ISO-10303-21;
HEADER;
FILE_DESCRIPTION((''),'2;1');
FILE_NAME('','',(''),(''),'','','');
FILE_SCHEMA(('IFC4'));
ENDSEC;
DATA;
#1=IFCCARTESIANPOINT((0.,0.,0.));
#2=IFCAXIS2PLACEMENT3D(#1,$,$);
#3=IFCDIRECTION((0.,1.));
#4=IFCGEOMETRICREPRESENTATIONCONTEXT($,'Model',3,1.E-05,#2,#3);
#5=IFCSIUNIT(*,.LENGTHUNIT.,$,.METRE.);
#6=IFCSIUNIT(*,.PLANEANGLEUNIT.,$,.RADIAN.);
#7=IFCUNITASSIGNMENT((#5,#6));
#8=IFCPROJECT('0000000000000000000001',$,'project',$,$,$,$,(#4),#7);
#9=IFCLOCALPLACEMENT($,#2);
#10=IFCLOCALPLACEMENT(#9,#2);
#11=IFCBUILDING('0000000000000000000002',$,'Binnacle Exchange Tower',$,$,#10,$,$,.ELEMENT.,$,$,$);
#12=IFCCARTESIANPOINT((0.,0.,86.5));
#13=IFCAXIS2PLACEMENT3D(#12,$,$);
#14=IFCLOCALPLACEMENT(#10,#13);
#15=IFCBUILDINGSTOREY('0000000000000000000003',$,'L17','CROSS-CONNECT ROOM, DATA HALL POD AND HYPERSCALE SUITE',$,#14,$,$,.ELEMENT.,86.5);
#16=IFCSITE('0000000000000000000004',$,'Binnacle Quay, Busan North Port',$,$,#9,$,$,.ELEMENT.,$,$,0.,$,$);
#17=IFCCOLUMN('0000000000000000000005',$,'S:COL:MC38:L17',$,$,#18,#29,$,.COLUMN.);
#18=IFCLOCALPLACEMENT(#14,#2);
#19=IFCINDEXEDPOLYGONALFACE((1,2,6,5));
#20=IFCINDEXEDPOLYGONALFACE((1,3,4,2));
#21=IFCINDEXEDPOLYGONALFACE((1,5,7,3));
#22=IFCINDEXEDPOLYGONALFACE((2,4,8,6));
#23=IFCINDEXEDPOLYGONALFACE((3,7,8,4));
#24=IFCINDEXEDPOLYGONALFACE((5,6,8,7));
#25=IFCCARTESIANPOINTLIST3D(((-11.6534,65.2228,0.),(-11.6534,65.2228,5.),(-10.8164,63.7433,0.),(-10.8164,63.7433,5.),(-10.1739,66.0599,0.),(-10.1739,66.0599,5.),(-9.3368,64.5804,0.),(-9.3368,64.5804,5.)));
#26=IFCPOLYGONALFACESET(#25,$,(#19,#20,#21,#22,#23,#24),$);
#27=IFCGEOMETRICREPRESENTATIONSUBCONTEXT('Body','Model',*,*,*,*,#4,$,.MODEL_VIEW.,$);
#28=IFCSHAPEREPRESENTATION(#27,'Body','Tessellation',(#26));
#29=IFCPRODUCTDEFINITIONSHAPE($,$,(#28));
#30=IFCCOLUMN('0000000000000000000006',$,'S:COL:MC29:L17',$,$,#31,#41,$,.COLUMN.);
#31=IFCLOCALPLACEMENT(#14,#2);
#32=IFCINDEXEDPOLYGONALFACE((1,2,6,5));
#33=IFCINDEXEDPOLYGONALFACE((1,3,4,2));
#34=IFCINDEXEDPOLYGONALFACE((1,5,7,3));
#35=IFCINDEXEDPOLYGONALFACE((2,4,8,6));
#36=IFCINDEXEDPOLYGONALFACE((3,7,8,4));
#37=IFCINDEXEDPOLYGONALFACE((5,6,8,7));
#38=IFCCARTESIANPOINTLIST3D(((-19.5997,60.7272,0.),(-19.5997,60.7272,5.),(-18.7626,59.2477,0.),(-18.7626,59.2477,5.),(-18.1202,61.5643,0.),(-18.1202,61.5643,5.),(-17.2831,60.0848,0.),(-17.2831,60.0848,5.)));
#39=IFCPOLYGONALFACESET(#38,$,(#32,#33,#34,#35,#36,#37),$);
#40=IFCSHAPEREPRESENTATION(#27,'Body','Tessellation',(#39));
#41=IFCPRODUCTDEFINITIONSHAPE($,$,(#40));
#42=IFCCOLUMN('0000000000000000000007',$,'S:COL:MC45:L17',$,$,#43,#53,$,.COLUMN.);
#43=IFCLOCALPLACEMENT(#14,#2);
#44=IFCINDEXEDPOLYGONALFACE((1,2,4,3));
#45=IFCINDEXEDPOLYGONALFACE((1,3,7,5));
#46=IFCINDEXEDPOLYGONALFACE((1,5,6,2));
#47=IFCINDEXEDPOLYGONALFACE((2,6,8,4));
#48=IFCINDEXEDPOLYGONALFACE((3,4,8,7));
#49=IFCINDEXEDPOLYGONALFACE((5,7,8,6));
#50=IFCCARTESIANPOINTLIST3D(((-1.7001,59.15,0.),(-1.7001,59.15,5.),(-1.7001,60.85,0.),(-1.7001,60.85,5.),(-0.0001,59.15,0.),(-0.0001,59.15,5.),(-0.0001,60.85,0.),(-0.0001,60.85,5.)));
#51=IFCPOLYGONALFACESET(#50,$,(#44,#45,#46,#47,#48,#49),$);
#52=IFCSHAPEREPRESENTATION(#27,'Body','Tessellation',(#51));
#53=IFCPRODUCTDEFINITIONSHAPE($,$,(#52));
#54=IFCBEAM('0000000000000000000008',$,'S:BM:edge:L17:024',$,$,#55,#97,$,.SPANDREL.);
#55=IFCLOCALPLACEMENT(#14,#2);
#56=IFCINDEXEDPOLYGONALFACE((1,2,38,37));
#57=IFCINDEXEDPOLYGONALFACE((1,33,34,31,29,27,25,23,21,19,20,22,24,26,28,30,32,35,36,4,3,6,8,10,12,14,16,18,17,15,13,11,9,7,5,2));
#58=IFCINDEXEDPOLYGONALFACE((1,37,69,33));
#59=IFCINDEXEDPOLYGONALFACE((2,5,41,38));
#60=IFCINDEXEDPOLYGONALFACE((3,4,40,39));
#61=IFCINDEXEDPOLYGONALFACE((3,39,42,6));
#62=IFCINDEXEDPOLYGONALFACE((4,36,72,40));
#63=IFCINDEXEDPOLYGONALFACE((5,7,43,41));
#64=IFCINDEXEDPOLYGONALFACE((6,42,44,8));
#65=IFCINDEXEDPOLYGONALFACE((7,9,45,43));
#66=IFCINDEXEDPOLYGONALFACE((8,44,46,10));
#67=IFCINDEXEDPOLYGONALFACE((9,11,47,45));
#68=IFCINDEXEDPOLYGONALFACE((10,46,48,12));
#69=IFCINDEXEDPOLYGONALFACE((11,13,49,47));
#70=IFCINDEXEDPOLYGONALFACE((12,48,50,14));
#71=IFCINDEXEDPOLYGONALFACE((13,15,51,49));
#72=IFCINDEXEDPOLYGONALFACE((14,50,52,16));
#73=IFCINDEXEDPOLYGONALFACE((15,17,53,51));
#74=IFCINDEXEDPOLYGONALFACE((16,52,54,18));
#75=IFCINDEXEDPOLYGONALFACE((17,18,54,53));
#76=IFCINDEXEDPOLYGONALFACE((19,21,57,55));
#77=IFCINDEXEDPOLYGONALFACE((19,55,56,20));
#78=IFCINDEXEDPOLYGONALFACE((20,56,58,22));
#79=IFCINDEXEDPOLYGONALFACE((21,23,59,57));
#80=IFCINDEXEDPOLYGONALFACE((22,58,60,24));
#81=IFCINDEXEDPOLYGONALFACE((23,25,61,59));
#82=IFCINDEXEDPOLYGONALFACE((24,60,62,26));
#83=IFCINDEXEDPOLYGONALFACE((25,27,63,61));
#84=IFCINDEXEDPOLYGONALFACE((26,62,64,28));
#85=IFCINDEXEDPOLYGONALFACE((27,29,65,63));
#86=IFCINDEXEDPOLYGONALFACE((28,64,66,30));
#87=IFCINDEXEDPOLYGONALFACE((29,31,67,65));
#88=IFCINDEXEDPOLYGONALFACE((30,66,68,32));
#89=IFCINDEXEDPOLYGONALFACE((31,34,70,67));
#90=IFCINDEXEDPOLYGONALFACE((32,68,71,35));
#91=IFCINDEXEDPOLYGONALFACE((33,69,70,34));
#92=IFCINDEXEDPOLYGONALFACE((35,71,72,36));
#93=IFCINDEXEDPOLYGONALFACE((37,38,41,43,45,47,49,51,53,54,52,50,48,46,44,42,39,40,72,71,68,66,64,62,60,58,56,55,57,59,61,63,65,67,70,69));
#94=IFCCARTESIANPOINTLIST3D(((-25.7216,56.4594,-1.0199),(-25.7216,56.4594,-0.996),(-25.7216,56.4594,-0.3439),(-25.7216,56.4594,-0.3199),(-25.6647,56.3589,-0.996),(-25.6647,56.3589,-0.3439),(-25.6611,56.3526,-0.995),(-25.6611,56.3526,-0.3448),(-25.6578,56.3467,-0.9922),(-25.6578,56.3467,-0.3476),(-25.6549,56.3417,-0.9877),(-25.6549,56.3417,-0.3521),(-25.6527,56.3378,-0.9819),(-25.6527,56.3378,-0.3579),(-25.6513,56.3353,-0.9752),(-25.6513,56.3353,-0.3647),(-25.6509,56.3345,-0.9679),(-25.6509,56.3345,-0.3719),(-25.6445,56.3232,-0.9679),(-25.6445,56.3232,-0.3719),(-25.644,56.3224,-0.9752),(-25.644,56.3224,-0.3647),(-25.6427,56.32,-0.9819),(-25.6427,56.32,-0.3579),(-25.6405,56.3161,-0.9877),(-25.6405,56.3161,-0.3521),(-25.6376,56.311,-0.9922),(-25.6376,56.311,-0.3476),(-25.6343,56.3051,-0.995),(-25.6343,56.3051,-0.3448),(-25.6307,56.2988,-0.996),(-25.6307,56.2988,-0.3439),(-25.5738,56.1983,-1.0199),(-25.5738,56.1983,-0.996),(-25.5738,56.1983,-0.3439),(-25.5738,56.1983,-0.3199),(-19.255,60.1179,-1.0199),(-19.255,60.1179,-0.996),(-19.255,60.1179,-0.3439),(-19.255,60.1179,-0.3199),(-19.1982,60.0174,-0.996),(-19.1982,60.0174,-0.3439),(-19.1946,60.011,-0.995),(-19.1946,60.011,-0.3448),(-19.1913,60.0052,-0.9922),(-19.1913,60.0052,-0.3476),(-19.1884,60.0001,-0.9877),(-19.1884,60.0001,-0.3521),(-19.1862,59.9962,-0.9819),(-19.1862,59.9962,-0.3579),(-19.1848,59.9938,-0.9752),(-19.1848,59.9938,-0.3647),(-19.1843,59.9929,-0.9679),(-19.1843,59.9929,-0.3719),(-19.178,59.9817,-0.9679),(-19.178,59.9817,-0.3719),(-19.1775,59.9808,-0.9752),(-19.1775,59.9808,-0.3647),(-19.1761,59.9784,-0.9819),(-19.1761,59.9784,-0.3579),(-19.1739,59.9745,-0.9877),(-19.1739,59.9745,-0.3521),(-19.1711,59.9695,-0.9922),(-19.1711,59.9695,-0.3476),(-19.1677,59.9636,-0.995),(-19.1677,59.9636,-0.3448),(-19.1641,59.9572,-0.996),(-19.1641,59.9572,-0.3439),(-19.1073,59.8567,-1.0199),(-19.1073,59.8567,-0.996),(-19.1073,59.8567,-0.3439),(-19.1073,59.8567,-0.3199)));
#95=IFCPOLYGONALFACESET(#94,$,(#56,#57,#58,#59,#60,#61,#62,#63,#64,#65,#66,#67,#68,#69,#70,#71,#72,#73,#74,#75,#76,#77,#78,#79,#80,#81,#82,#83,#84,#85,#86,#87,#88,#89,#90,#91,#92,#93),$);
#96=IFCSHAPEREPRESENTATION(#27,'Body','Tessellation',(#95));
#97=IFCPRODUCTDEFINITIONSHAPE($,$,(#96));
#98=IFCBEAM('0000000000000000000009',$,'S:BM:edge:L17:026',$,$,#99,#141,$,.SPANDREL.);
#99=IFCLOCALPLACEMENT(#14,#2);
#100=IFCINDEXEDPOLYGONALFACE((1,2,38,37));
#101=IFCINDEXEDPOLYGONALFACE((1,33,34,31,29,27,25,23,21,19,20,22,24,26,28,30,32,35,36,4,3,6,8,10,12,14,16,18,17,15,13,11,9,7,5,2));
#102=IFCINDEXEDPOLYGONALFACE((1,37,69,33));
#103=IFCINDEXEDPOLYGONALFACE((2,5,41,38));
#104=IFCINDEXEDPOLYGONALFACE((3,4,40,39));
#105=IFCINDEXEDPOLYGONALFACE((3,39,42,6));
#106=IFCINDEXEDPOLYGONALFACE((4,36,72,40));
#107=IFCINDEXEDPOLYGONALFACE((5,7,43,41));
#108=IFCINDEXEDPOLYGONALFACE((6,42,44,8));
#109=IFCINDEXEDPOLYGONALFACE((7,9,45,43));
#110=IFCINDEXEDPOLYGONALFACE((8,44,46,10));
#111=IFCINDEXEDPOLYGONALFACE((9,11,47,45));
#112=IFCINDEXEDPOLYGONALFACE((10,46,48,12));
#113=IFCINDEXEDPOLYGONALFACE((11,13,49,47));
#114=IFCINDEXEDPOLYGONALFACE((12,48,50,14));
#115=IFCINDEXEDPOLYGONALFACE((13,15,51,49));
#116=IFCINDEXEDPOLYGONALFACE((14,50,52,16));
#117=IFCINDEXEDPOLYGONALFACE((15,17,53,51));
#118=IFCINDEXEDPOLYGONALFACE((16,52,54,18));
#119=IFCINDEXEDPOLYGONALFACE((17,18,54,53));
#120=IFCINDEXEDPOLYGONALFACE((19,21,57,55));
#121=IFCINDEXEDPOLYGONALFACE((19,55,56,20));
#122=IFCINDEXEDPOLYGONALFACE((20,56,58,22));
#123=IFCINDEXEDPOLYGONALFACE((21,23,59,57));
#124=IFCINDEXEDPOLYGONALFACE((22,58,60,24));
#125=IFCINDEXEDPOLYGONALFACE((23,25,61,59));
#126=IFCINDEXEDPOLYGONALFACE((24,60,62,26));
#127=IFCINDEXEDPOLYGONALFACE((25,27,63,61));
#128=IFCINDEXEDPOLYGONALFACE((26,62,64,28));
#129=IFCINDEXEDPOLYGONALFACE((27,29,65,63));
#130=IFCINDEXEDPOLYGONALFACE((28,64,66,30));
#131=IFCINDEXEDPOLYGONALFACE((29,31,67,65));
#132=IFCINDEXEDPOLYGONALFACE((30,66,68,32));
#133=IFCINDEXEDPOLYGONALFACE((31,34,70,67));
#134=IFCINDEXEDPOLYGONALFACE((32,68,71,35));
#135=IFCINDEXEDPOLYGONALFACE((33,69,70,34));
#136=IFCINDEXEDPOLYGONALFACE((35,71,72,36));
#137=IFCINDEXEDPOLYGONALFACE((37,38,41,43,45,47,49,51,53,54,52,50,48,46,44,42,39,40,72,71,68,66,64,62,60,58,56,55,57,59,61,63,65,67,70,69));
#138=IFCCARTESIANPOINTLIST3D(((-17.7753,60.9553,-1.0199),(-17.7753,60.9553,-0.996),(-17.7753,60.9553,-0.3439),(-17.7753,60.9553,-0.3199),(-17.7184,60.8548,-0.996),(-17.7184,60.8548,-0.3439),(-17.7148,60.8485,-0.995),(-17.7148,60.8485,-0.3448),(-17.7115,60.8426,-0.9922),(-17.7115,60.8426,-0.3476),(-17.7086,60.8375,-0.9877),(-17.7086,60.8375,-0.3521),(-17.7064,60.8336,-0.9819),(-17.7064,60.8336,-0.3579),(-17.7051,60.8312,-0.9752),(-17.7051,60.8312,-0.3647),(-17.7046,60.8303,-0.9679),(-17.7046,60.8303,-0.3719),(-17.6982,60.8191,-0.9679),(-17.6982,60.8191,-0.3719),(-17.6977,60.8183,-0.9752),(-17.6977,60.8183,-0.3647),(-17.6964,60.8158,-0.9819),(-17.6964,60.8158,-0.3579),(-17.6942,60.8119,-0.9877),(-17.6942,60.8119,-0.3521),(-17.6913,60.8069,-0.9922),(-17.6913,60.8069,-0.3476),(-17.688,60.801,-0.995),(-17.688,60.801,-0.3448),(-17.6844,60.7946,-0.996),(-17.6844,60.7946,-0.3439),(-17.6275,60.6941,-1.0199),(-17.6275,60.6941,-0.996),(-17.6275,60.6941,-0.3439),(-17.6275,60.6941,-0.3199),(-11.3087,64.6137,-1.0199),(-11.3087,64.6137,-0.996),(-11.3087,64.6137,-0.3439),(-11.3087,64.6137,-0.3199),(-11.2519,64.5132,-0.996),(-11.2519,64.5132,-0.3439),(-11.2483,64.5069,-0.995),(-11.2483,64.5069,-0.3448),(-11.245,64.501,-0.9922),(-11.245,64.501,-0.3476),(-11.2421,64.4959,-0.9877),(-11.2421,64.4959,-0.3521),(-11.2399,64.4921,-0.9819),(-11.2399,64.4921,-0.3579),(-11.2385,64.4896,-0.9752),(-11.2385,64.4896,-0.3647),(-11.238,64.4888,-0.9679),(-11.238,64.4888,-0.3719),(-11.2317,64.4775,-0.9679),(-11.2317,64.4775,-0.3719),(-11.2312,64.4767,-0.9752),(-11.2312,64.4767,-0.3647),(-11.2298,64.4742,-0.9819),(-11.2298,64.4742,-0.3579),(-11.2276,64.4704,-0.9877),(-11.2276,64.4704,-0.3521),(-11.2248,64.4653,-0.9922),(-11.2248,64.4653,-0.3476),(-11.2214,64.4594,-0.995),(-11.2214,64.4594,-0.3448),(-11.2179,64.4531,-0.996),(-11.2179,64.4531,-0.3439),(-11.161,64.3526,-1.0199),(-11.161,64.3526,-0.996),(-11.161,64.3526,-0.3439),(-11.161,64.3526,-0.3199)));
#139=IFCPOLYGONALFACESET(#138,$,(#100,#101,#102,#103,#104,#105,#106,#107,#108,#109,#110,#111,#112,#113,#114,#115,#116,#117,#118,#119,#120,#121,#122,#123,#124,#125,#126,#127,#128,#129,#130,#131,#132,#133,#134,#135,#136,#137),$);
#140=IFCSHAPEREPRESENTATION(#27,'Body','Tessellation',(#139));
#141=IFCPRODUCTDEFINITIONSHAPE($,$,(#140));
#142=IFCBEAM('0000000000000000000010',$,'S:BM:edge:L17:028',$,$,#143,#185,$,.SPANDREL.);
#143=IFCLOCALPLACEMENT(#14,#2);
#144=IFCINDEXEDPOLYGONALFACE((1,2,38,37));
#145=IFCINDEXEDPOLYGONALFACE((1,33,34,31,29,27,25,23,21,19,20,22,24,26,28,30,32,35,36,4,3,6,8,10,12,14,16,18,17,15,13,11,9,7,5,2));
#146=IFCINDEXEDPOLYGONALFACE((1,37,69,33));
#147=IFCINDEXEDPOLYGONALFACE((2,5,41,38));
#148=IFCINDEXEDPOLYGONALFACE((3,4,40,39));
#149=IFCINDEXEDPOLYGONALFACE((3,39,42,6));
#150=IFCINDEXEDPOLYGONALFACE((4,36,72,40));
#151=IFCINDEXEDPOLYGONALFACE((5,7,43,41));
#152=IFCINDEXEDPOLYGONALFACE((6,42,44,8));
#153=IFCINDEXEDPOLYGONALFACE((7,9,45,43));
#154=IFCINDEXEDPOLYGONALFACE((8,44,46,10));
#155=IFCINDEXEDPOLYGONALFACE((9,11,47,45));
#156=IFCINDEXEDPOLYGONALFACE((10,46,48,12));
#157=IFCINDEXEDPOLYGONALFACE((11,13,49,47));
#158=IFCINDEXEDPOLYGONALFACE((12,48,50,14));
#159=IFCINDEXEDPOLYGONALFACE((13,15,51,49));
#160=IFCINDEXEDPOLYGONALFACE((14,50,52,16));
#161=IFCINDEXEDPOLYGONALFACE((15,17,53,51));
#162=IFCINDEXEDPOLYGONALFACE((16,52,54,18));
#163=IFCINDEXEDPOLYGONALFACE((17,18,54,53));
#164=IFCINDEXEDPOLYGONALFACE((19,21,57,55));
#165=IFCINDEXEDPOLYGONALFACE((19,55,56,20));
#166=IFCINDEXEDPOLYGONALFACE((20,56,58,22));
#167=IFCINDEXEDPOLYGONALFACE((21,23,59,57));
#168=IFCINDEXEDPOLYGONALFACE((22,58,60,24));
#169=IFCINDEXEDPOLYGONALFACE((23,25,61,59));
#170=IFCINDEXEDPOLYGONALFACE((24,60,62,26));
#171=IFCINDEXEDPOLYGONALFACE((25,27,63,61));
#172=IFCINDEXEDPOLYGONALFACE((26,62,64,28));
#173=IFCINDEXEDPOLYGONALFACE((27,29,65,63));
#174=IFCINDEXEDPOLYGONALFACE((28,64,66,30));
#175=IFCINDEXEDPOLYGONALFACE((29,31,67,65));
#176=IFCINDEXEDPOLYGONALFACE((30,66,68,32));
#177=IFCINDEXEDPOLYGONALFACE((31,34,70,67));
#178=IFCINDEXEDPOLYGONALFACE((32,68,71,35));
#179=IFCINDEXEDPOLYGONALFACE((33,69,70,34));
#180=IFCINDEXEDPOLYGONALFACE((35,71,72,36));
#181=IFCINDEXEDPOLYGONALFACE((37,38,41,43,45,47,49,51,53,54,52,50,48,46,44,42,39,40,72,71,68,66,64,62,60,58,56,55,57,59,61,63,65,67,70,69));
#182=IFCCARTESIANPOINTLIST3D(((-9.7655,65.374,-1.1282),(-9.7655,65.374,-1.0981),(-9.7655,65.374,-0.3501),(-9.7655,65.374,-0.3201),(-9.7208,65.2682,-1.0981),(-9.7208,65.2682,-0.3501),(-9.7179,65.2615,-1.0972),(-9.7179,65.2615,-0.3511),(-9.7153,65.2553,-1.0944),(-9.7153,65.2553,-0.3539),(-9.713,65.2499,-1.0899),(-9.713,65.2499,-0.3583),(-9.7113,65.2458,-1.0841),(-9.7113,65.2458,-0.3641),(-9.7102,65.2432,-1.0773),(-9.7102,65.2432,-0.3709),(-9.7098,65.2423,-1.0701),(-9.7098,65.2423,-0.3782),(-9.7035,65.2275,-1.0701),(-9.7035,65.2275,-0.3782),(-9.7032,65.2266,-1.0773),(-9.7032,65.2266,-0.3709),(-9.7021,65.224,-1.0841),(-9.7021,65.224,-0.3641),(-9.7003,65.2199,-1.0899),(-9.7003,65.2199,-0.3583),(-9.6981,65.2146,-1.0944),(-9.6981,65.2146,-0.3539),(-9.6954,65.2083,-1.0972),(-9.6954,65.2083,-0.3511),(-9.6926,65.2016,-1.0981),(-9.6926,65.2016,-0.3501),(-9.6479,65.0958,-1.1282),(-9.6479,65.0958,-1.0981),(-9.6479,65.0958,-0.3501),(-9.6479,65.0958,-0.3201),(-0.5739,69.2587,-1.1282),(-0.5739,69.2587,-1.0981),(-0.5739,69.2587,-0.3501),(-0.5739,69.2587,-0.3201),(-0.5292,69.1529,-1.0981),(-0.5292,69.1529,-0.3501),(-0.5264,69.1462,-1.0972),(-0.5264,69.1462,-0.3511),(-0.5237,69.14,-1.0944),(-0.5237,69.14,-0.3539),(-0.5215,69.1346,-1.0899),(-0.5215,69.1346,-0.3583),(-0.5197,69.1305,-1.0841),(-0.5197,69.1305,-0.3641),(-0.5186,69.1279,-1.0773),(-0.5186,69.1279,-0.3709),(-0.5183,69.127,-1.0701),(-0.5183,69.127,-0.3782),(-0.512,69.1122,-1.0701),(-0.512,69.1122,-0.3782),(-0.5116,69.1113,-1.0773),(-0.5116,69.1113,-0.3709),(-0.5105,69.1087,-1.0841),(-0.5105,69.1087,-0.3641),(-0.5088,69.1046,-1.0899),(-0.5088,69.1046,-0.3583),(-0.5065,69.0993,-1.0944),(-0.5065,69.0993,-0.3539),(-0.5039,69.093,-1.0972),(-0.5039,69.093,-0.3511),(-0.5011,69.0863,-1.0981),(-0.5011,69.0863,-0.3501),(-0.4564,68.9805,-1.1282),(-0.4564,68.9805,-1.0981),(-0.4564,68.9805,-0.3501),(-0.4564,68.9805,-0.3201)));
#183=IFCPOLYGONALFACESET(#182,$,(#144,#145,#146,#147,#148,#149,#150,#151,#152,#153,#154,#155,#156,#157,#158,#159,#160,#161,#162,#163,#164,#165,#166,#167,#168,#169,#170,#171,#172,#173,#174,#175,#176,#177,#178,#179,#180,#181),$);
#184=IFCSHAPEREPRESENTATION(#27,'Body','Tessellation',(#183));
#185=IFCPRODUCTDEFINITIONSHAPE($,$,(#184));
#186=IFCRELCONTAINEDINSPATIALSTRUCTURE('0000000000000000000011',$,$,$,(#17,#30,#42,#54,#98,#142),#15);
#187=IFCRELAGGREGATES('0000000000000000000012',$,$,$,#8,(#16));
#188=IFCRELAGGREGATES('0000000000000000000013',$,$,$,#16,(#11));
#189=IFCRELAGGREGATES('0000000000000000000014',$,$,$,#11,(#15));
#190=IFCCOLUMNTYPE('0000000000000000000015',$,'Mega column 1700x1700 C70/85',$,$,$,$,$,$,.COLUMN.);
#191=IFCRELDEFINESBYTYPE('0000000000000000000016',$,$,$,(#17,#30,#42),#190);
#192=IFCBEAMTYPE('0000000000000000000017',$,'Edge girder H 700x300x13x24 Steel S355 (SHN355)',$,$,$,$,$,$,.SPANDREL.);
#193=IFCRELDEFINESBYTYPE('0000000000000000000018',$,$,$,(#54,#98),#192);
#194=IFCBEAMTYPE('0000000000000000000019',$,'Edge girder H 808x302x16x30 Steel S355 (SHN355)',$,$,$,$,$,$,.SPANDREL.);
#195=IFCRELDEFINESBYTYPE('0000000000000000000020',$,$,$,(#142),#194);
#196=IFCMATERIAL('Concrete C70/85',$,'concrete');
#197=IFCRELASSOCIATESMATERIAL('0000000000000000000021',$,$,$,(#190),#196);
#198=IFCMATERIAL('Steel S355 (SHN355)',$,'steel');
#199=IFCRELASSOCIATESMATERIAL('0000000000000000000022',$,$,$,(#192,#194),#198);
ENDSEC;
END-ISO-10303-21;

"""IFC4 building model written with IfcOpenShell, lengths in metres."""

from ifc_helpers import new_model, si_unit, direction, frame, origin, origin_2d, place, context, subcontext, project, spatial, rectangle, i_section, extrude, material, material_profile, profile_set, type_object, element, save


model = new_model("IFC4")

# Units and contexts
model_context = context("Model", 3, precision=1e-05, world=origin(), true_north=direction((0.0, 1.0)))
body_context = subcontext(model_context, "Body", "Model", "MODEL_VIEW")
ifc_project = project(units=[si_unit("LENGTHUNIT", "METRE"), si_unit("PLANEANGLEUNIT", "RADIAN")], contexts=[model_context])

# Site, building, storey
site_placement = place(None, origin())
site = spatial("IfcSite", under=ifc_project, at=site_placement, Name="Binnacle Quay, Busan North Port", CompositionType="ELEMENT", RefElevation=0.0)
building_placement = place(site_placement, origin())
building = spatial("IfcBuilding", under=site, at=building_placement, Name="Binnacle Exchange Tower", CompositionType="ELEMENT")
storey_placement = place(building_placement, frame((0.0, 0.0, 86.5)))
storey = spatial("IfcBuildingStorey", under=building, at=storey_placement, Name="L17", Description="CROSS-CONNECT ROOM, DATA HALL POD AND HYPERSCALE SUITE", CompositionType="ELEMENT", Elevation=86.5)

# Columns
ifc_material_1 = material(Name="Concrete C70/85", Category="concrete")
ifc_material_profile_1 = material_profile(ifc_material_1, rectangle(XDim=1.7, YDim=1.7, at=origin_2d()), Name="Mega column 1700x1700 C70/85")
ifc_profile_set_1 = profile_set([ifc_material_profile_1], Name="Concrete C70/85")
column_type = type_object("IfcColumnType", Name="Mega column 1700x1700 C70/85", PredefinedType="COLUMN", material=ifc_profile_set_1)
for number, where, z_axis, x_axis, name in (
    (1, (-10.4951, 64.9016, 0.0), (0.0, 0.0, 1.0), (-0.870356, -0.492424, 0.0), "S:COL:MC38:L17"),
    (2, (-18.4414, 60.406, 0.0), (0.0, 0.0, 1.0), (-0.870356, -0.492424, 0.0), "S:COL:MC29:L17"),
    (3, (-0.8501, 60.0, 0.0), (0.0, 0.0, 1.0), (0.0, 1.0, 0.0), "S:COL:MC45:L17"),
):
    element("IfcColumn", number, at=place(storey_placement, frame(where, z_axis=z_axis, x_axis=x_axis)), inside=storey, type_object=column_type, Name=name, PredefinedType="COLUMN", context=body_context, shape_type="SweptSolid", body=[
        extrude(rectangle(XDim=1.7, YDim=1.7, at=origin_2d()), origin(), (0.0, 0.0, 1.0), 5.0),
    ])

# Beams
ifc_material_2 = material(Name="Steel S355 (SHN355)", Category="steel")
ifc_material_profile_2 = material_profile(ifc_material_2, i_section(OverallWidth=0.3, OverallDepth=0.7, WebThickness=0.0129, FlangeThickness=0.0239, FilletRadius=0.0281, at=origin_2d()), Name="H 700x300x13x24")
ifc_profile_set_2 = profile_set([ifc_material_profile_2], Name="Steel S355 (SHN355)")
beam_type_1 = type_object("IfcBeamType", Name="Edge girder H 700x300x13x24 Steel S355 (SHN355)", PredefinedType="SPANDREL", material=ifc_profile_set_2)
for number, where, z_axis, x_axis, name in (
    (4, (-19.1812, 59.9873, -0.6699), (-0.870364, -0.492408, 0.0), (0.492408, -0.870364, 0.0), "S:BM:edge:L17:024"),
    (5, (-11.2349, 64.4832, -0.6699), (-0.870364, -0.492408, 0.0), (0.492408, -0.870364, 0.0), "S:BM:edge:L17:026"),
):
    element("IfcBeam", number, at=place(storey_placement, frame(where, z_axis=z_axis, x_axis=x_axis)), inside=storey, type_object=beam_type_1, Name=name, PredefinedType="SPANDREL", context=body_context, shape_type="SweptSolid", body=[
        extrude(i_section(OverallWidth=0.3, OverallDepth=0.7, WebThickness=0.0129, FlangeThickness=0.0239, FilletRadius=0.0281, at=origin_2d()), origin(), (0.0, 0.0, 1.0), 7.4297),
    ])
ifc_material_profile_3 = material_profile(ifc_material_2, i_section(OverallWidth=0.302, OverallDepth=0.8081, WebThickness=0.0161, FlangeThickness=0.03, FilletRadius=0.0281, at=origin_2d()), Name="H 808x302x16x30")
ifc_profile_set_3 = profile_set([ifc_material_profile_3], Name="Steel S355 (SHN355)")
beam_type_2 = type_object("IfcBeamType", Name="Edge girder H 808x302x16x30 Steel S355 (SHN355)", PredefinedType="SPANDREL", material=ifc_profile_set_3)
beam_1_placement = place(storey_placement, frame((-0.5151, 69.1196, -0.7241), z_axis=(-0.921111, -0.389299, 0.0), x_axis=(0.389299, -0.921111, 0.0)))
element("IfcBeam", 6, at=beam_1_placement, inside=storey, type_object=beam_type_2, Name="S:BM:edge:L17:028", PredefinedType="SPANDREL", context=body_context, shape_type="SweptSolid", body=[
    extrude(i_section(OverallWidth=0.302, OverallDepth=0.8081, WebThickness=0.0161, FlangeThickness=0.03, FilletRadius=0.0281, at=origin_2d()), origin(), (0.0, 0.0, 1.0), 9.9788),
])

save(model, "model.ifc")
